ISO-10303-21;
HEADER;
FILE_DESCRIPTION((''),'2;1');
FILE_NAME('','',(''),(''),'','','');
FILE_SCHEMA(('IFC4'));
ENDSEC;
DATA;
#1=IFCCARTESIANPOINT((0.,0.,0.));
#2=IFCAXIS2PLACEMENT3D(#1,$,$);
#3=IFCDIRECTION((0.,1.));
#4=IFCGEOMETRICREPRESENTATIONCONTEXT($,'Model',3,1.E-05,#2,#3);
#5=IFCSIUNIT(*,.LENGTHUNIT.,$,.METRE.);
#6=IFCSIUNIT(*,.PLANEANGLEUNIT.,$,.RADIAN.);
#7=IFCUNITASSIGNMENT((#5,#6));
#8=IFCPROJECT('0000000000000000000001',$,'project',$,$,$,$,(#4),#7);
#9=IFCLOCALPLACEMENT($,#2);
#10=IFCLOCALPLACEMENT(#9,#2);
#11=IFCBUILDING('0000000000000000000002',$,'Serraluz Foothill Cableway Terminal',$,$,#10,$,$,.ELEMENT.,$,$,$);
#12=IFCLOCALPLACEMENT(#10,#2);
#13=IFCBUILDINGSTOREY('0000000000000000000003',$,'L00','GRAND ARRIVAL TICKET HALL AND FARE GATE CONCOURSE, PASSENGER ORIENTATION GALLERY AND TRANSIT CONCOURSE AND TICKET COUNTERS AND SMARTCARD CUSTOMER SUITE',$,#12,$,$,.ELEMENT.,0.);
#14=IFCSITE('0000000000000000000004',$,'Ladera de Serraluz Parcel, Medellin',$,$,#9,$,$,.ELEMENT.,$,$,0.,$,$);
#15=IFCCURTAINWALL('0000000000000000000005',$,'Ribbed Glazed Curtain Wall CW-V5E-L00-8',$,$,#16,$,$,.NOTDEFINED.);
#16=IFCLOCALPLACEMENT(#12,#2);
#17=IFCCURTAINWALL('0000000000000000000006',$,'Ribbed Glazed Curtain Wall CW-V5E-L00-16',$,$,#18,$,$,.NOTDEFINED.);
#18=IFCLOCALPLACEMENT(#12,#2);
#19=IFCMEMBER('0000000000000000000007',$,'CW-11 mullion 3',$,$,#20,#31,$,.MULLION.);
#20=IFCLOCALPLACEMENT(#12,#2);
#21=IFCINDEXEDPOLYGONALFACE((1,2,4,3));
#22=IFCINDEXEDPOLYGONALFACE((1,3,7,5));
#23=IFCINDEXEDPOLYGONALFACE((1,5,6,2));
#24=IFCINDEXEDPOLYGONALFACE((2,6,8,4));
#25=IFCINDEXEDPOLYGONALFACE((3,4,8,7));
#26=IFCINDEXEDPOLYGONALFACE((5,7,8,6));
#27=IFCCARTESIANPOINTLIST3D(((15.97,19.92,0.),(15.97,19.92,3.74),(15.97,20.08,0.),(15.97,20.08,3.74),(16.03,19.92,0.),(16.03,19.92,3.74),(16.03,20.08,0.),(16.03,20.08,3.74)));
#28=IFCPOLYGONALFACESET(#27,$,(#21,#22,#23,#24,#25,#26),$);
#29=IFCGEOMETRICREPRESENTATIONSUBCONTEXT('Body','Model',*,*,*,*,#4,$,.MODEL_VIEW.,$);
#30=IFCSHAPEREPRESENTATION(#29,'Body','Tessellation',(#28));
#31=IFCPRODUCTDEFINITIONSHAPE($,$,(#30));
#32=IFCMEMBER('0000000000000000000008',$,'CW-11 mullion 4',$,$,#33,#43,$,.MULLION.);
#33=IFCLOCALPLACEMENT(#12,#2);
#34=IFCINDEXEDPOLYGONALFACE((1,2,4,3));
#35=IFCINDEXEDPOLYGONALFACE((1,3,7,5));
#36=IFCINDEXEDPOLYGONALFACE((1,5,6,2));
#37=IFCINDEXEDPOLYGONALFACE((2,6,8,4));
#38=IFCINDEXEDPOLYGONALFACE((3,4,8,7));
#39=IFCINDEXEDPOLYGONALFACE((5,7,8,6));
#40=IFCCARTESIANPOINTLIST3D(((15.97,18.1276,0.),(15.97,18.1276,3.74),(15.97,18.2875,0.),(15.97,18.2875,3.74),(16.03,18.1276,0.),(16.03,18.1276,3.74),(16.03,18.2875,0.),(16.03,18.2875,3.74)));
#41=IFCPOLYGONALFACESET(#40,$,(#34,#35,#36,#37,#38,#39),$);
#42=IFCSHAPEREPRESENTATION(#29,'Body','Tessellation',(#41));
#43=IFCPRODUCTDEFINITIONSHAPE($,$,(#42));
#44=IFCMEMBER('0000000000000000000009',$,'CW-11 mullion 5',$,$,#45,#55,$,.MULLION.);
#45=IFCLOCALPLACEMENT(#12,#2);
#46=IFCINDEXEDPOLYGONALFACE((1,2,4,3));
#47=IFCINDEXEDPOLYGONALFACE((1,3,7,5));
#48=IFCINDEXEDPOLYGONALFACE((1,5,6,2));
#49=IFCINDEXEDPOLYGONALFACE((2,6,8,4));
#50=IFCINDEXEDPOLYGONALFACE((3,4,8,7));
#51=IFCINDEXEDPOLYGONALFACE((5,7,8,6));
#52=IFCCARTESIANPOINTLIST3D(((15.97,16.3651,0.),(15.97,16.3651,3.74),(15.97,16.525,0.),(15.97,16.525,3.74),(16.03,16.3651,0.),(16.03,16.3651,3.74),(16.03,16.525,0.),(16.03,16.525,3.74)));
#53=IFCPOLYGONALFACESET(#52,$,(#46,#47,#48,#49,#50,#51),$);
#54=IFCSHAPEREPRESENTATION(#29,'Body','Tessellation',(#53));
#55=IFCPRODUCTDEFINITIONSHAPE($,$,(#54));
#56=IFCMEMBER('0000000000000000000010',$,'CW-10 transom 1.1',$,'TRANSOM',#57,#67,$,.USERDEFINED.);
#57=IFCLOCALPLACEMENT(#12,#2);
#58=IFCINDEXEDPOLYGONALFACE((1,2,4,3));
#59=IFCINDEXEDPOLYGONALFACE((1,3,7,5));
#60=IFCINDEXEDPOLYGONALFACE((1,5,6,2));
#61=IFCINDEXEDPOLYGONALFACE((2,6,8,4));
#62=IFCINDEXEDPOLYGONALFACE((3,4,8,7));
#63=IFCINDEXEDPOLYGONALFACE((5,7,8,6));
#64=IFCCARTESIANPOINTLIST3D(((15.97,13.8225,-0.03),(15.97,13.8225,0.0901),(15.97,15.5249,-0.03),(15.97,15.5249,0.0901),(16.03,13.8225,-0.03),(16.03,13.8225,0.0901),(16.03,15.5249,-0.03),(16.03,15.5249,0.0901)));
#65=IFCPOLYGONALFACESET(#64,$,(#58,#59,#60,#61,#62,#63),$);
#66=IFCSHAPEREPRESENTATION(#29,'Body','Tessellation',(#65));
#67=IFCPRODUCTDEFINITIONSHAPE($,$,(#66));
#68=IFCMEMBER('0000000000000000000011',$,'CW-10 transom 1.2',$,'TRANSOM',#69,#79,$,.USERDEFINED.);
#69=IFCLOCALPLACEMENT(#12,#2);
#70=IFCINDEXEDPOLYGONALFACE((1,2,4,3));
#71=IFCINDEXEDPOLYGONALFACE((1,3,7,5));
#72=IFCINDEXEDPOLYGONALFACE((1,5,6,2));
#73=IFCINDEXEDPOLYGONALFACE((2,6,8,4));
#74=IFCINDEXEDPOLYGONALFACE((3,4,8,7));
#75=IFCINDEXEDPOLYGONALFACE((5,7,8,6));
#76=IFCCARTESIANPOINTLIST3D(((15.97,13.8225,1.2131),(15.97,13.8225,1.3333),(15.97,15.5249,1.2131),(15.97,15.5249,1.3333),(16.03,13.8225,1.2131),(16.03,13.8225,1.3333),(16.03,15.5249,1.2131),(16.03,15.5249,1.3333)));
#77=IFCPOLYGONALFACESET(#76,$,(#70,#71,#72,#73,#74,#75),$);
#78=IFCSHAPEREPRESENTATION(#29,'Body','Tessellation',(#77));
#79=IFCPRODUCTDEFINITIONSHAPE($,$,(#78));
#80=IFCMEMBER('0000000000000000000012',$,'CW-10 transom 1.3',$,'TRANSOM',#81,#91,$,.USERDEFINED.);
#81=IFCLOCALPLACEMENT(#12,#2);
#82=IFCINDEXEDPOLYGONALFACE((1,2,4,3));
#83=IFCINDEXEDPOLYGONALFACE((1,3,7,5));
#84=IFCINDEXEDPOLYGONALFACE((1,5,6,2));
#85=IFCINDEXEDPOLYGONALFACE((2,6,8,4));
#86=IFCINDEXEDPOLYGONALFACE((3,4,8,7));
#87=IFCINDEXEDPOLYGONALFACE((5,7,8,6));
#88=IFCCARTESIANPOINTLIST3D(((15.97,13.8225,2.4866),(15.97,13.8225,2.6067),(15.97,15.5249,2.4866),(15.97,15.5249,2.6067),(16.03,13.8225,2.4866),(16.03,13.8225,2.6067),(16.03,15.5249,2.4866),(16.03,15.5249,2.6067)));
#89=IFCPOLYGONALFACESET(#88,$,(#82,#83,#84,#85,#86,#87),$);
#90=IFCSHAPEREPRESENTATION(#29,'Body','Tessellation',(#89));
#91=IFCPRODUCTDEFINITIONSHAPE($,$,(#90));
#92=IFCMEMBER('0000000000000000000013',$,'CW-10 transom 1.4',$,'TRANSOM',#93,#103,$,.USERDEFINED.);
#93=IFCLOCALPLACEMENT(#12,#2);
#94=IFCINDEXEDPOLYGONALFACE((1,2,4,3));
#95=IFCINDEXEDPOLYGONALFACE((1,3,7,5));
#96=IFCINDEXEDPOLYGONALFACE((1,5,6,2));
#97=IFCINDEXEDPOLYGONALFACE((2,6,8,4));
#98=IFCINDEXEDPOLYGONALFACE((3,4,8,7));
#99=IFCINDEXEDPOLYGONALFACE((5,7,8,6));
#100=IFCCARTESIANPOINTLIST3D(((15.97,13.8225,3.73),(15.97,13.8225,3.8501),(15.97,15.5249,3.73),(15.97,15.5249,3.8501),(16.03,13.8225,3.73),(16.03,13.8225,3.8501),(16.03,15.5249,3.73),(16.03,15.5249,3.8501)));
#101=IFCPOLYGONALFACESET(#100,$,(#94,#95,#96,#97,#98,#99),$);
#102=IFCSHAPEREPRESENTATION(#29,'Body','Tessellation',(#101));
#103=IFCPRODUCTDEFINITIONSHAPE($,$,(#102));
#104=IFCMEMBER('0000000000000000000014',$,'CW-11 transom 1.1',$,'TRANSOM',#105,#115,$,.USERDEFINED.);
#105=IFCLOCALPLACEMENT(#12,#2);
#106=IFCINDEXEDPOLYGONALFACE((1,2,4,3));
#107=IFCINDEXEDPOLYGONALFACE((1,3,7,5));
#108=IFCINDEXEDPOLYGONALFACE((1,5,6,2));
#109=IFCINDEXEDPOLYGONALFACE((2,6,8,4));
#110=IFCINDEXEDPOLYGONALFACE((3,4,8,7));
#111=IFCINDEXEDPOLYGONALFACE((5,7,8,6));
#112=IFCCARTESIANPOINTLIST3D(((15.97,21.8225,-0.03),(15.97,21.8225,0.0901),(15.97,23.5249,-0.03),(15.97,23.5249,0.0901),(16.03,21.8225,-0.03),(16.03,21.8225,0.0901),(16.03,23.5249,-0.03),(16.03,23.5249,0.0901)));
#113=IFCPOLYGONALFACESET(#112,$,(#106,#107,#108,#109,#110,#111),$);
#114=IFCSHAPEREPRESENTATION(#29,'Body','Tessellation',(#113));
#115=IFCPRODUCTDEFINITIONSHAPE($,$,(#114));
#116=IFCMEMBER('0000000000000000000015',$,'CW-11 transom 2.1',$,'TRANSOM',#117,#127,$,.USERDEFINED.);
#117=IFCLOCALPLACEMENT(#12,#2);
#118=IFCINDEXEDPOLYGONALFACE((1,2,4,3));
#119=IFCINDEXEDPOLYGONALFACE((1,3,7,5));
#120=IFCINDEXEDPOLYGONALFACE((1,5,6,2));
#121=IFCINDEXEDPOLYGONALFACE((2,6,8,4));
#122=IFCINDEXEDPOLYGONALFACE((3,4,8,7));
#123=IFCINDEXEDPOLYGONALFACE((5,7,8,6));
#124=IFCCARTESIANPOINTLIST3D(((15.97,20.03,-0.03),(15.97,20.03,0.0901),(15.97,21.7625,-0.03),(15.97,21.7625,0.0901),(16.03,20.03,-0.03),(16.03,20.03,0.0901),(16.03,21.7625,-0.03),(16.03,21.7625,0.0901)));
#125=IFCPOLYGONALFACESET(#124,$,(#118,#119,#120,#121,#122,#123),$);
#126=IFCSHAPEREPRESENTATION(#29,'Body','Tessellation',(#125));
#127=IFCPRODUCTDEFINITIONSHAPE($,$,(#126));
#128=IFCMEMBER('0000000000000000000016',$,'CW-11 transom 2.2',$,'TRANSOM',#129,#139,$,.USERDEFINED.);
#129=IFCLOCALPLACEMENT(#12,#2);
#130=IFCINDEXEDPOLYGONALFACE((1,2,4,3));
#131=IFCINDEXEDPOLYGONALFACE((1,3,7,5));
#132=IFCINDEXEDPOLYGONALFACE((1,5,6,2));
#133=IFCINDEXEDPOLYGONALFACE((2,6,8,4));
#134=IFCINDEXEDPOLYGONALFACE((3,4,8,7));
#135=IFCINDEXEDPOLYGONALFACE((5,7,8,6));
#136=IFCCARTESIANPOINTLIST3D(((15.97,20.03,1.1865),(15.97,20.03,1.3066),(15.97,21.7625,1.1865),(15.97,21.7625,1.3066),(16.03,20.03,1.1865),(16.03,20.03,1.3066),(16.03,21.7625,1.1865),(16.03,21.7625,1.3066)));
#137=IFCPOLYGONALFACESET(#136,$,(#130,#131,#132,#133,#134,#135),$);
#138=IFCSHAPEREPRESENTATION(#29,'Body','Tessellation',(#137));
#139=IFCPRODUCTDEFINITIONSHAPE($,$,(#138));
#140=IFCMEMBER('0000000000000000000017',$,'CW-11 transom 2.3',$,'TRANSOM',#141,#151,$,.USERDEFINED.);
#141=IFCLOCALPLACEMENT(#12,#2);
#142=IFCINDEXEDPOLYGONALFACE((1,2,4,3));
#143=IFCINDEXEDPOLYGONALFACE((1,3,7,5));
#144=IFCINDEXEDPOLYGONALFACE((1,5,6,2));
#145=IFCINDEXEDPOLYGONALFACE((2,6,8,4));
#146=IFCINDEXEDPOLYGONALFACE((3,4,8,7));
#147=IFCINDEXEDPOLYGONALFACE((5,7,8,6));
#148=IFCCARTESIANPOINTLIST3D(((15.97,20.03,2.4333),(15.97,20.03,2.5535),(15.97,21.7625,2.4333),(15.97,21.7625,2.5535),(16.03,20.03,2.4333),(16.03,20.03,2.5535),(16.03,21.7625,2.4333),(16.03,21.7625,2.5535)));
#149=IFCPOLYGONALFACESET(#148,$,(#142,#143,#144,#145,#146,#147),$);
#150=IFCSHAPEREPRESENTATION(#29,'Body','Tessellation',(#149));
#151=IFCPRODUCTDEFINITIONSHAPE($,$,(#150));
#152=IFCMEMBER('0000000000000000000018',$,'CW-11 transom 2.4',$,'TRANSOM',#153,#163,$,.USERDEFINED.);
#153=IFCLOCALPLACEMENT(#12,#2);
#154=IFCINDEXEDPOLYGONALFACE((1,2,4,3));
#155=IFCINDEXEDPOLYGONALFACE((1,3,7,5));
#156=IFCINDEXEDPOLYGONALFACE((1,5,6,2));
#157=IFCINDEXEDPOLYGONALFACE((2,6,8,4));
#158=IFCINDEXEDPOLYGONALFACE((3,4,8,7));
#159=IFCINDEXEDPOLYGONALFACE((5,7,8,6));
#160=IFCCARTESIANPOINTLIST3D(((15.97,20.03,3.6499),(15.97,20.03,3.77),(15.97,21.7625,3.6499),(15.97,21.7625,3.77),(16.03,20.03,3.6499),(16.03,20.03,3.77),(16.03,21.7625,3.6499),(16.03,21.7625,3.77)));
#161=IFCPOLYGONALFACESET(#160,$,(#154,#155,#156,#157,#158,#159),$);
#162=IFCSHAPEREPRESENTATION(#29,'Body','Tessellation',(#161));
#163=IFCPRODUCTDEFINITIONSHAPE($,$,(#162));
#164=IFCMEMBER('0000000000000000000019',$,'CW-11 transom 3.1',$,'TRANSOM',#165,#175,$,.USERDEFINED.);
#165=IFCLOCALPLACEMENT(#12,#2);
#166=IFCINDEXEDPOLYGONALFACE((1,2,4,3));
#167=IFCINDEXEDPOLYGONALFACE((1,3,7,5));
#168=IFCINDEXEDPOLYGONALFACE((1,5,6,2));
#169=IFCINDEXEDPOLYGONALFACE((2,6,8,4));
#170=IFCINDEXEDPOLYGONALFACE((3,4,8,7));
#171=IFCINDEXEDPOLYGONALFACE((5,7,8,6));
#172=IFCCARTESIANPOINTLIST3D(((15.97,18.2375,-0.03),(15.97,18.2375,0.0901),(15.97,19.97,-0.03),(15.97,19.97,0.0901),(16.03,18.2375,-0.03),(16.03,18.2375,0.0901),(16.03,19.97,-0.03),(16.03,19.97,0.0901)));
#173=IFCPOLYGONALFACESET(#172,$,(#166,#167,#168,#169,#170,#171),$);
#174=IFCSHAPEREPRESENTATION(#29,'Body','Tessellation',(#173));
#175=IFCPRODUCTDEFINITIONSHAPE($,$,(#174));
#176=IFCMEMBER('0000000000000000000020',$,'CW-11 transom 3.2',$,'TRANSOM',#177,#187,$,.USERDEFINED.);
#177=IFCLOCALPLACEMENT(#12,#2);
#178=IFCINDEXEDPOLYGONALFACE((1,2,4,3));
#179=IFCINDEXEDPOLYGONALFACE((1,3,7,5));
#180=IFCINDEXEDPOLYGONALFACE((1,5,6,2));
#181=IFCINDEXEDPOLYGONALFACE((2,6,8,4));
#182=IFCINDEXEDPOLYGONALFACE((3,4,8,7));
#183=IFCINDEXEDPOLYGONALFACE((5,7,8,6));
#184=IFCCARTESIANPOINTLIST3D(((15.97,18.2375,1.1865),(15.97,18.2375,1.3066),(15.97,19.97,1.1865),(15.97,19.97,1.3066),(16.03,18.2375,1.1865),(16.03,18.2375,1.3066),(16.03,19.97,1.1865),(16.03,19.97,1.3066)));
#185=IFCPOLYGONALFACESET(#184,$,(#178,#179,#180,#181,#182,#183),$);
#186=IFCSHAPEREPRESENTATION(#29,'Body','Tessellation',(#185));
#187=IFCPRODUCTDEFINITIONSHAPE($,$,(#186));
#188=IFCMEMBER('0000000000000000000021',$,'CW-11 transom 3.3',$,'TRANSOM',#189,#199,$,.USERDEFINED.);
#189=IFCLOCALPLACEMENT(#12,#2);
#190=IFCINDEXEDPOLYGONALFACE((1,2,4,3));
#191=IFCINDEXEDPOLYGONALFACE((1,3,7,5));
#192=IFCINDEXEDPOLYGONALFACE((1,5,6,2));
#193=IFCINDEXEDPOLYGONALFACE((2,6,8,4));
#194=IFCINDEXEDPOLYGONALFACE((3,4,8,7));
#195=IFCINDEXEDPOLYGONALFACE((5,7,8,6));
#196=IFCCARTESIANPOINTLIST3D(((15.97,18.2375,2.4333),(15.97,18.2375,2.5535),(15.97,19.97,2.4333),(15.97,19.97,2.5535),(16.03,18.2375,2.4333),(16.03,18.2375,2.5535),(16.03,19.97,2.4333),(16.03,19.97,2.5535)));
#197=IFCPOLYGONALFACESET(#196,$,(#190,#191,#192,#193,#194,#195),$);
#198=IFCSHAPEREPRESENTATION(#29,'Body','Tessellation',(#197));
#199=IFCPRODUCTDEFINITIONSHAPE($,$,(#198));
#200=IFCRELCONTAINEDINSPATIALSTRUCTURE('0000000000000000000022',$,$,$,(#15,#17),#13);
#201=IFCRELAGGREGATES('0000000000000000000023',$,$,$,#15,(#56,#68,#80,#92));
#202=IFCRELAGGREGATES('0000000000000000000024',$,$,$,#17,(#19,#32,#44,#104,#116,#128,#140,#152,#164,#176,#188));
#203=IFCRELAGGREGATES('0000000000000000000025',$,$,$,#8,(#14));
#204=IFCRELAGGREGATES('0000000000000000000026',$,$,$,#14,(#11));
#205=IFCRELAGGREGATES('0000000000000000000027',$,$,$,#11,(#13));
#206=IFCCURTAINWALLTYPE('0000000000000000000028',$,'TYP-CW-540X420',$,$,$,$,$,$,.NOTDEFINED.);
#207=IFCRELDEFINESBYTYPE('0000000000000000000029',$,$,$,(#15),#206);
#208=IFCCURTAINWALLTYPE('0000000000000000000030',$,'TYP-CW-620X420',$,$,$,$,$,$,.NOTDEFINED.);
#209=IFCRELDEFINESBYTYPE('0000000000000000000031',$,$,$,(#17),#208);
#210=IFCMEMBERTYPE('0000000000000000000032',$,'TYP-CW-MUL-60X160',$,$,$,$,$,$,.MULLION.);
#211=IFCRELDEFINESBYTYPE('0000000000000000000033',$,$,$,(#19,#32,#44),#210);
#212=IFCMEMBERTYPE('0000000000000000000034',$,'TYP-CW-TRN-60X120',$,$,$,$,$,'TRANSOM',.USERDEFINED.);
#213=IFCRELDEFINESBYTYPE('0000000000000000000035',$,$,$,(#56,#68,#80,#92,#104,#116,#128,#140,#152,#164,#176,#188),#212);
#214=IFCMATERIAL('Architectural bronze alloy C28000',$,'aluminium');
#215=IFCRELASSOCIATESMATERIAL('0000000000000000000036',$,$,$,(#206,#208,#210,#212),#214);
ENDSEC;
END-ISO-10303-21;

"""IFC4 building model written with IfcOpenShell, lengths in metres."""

from ifc_helpers import new_model, si_unit, direction, frame, origin, origin_2d, place, context, subcontext, project, spatial, rectangle, extrude, material, material_profile, profile_set, type_object, element, aggregate, save


model = new_model("IFC4")

# Units and contexts
model_context = context("Model", 3, precision=1e-05, world=origin(), true_north=direction((0.0, 1.0)))
body_context = subcontext(model_context, "Body", "Model", "MODEL_VIEW")
ifc_project = project(units=[si_unit("LENGTHUNIT", "METRE"), si_unit("PLANEANGLEUNIT", "RADIAN")], contexts=[model_context])

# Site, building, storey
site_placement = place(None, origin())
site = spatial("IfcSite", under=ifc_project, at=site_placement, Name="Ladera de Serraluz Parcel, Medellin", CompositionType="ELEMENT", RefElevation=0.0)
building_placement = place(site_placement, origin())
building = spatial("IfcBuilding", under=site, at=building_placement, Name="Serraluz Foothill Cableway Terminal", CompositionType="ELEMENT")
storey_placement = place(building_placement, origin())
storey = spatial("IfcBuildingStorey", under=building, at=storey_placement, Name="L00", Description="GRAND ARRIVAL TICKET HALL AND FARE GATE CONCOURSE, PASSENGER ORIENTATION GALLERY AND TRANSIT CONCOURSE AND TICKET COUNTERS AND SMARTCARD CUSTOMER SUITE", CompositionType="ELEMENT", Elevation=0.0)

# Curtain wall
ifc_material_1 = material(Name="Architectural bronze alloy C28000", Category="aluminium")
curtain_wall_type_1 = type_object("IfcCurtainWallType", Name="TYP-CW-540X420", PredefinedType="NOTDEFINED", material=ifc_material_1)
curtain_wall_1_placement = place(storey_placement, origin())
curtain_wall_1 = element("IfcCurtainWall", 1, at=curtain_wall_1_placement, inside=storey, type_object=curtain_wall_type_1, Name="Ribbed Glazed Curtain Wall CW-V5E-L00-8", PredefinedType="NOTDEFINED")
ifc_material_profile_1 = material_profile(ifc_material_1, rectangle(XDim=0.0601, YDim=0.1599, at=origin_2d()), Name="ALU MULLION 60x160")
ifc_profile_set_1 = profile_set([ifc_material_profile_1], Name="Architectural bronze alloy C28000")
member_type_1 = type_object("IfcMemberType", Name="TYP-CW-MUL-60X160", PredefinedType="MULLION", material=ifc_profile_set_1)

# Curtain wall, members
curtain_wall_type_2 = type_object("IfcCurtainWallType", Name="TYP-CW-620X420", PredefinedType="NOTDEFINED", material=ifc_material_1)
curtain_wall_2_placement = place(storey_placement, origin())
curtain_wall_2 = element("IfcCurtainWall", 2, at=curtain_wall_2_placement, inside=storey, type_object=curtain_wall_type_2, Name="Ribbed Glazed Curtain Wall CW-V5E-L00-16", PredefinedType="NOTDEFINED")
member_1_placement = place(storey_placement, frame((16.0, 20.0, 0.0), z_axis=(0.0, 0.0, 1.0), x_axis=(1.0, 0.0, 0.0)))
member_1 = element("IfcMember", 3, at=member_1_placement, type_object=member_type_1, Name="CW-11 mullion 3", PredefinedType="MULLION", context=body_context, shape_type="SweptSolid", body=[
    extrude(rectangle(XDim=0.0601, YDim=0.1599, at=origin_2d()), origin(), (0.0, 0.0, 1.0), 3.74),
])
member_2_placement = place(storey_placement, frame((16.0, 18.2075, 0.0), z_axis=(0.0, 0.0, 1.0), x_axis=(1.0, 0.0, 0.0)))
member_2 = element("IfcMember", 4, at=member_2_placement, type_object=member_type_1, Name="CW-11 mullion 4", PredefinedType="MULLION", context=body_context, shape_type="SweptSolid", body=[
    extrude(rectangle(XDim=0.0601, YDim=0.1599, at=origin_2d()), origin(), (0.0, 0.0, 1.0), 3.74),
])
member_3_placement = place(storey_placement, frame((16.0, 16.4451, 0.0), z_axis=(0.0, 0.0, 1.0), x_axis=(1.0, 0.0, 0.0)))
member_3 = element("IfcMember", 5, at=member_3_placement, type_object=member_type_1, Name="CW-11 mullion 5", PredefinedType="MULLION", context=body_context, shape_type="SweptSolid", body=[
    extrude(rectangle(XDim=0.0601, YDim=0.1599, at=origin_2d()), origin(), (0.0, 0.0, 1.0), 3.74),
])

# Members
ifc_material_profile_2 = material_profile(ifc_material_1, rectangle(XDim=0.0601, YDim=0.1201, at=origin_2d()), Name="ALU TRANSOM 60x120")
ifc_profile_set_2 = profile_set([ifc_material_profile_2], Name="Architectural bronze alloy C28000")
member_type_2 = type_object("IfcMemberType", Name="TYP-CW-TRN-60X120", ElementType="TRANSOM", PredefinedType="USERDEFINED", material=ifc_profile_set_2)
member_4_placement = place(storey_placement, frame((16.0, 15.5249, 0.03), z_axis=(0.0, -1.0, 0.0), x_axis=(1.0, 0.0, 0.0)))
member_4 = element("IfcMember", 6, at=member_4_placement, type_object=member_type_2, Name="CW-10 transom 1.1", ObjectType="TRANSOM", PredefinedType="USERDEFINED", context=body_context, shape_type="SweptSolid", body=[
    extrude(rectangle(XDim=0.0601, YDim=0.1201, at=origin_2d()), origin(), (0.0, 0.0, 1.0), 1.7024),
])
member_5_placement = place(storey_placement, frame((16.0, 15.5249, 1.2732), z_axis=(0.0, -1.0, 0.0), x_axis=(1.0, 0.0, 0.0)))
member_5 = element("IfcMember", 7, at=member_5_placement, type_object=member_type_2, Name="CW-10 transom 1.2", ObjectType="TRANSOM", PredefinedType="USERDEFINED", context=body_context, shape_type="SweptSolid", body=[
    extrude(rectangle(XDim=0.0601, YDim=0.1201, at=origin_2d()), origin(), (0.0, 0.0, 1.0), 1.7024),
])
member_6_placement = place(storey_placement, frame((16.0, 15.5249, 2.5466), z_axis=(0.0, -1.0, 0.0), x_axis=(1.0, 0.0, 0.0)))
member_6 = element("IfcMember", 8, at=member_6_placement, type_object=member_type_2, Name="CW-10 transom 1.3", ObjectType="TRANSOM", PredefinedType="USERDEFINED", context=body_context, shape_type="SweptSolid", body=[
    extrude(rectangle(XDim=0.0601, YDim=0.1201, at=origin_2d()), origin(), (0.0, 0.0, 1.0), 1.7024),
])
member_7_placement = place(storey_placement, frame((16.0, 15.5249, 3.79), z_axis=(0.0, -1.0, 0.0), x_axis=(1.0, 0.0, 0.0)))
member_7 = element("IfcMember", 9, at=member_7_placement, type_object=member_type_2, Name="CW-10 transom 1.4", ObjectType="TRANSOM", PredefinedType="USERDEFINED", context=body_context, shape_type="SweptSolid", body=[
    extrude(rectangle(XDim=0.0601, YDim=0.1201, at=origin_2d()), origin(), (0.0, 0.0, 1.0), 1.7024),
])
aggregate(curtain_wall_1, [member_4, member_5, member_6, member_7])
member_8_placement = place(storey_placement, frame((16.0, 23.5249, 0.03), z_axis=(0.0, -1.0, 0.0), x_axis=(1.0, 0.0, 0.0)))
member_8 = element("IfcMember", 10, at=member_8_placement, type_object=member_type_2, Name="CW-11 transom 1.1", ObjectType="TRANSOM", PredefinedType="USERDEFINED", context=body_context, shape_type="SweptSolid", body=[
    extrude(rectangle(XDim=0.0601, YDim=0.1201, at=origin_2d()), origin(), (0.0, 0.0, 1.0), 1.7024),
])
member_9_placement = place(storey_placement, frame((16.0, 21.7625, 0.03), z_axis=(0.0, -1.0, 0.0), x_axis=(1.0, 0.0, 0.0)))
member_9 = element("IfcMember", 11, at=member_9_placement, type_object=member_type_2, Name="CW-11 transom 2.1", ObjectType="TRANSOM", PredefinedType="USERDEFINED", context=body_context, shape_type="SweptSolid", body=[
    extrude(rectangle(XDim=0.0601, YDim=0.1201, at=origin_2d()), origin(), (0.0, 0.0, 1.0), 1.7324),
])
member_10_placement = place(storey_placement, frame((16.0, 21.7625, 1.2466), z_axis=(0.0, -1.0, 0.0), x_axis=(1.0, 0.0, 0.0)))
member_10 = element("IfcMember", 12, at=member_10_placement, type_object=member_type_2, Name="CW-11 transom 2.2", ObjectType="TRANSOM", PredefinedType="USERDEFINED", context=body_context, shape_type="SweptSolid", body=[
    extrude(rectangle(XDim=0.0601, YDim=0.1201, at=origin_2d()), origin(), (0.0, 0.0, 1.0), 1.7324),
])
member_11_placement = place(storey_placement, frame((16.0, 21.7625, 2.4934), z_axis=(0.0, -1.0, 0.0), x_axis=(1.0, 0.0, 0.0)))
member_11 = element("IfcMember", 13, at=member_11_placement, type_object=member_type_2, Name="CW-11 transom 2.3", ObjectType="TRANSOM", PredefinedType="USERDEFINED", context=body_context, shape_type="SweptSolid", body=[
    extrude(rectangle(XDim=0.0601, YDim=0.1201, at=origin_2d()), origin(), (0.0, 0.0, 1.0), 1.7324),
])
member_12_placement = place(storey_placement, frame((16.0, 21.7625, 3.71), z_axis=(0.0, -1.0, 0.0), x_axis=(1.0, 0.0, 0.0)))
member_12 = element("IfcMember", 14, at=member_12_placement, type_object=member_type_2, Name="CW-11 transom 2.4", ObjectType="TRANSOM", PredefinedType="USERDEFINED", context=body_context, shape_type="SweptSolid", body=[
    extrude(rectangle(XDim=0.0601, YDim=0.1201, at=origin_2d()), origin(), (0.0, 0.0, 1.0), 1.7324),
])
member_13_placement = place(storey_placement, frame((16.0, 19.97, 0.03), z_axis=(0.0, -1.0, 0.0), x_axis=(1.0, 0.0, 0.0)))
member_13 = element("IfcMember", 15, at=member_13_placement, type_object=member_type_2, Name="CW-11 transom 3.1", ObjectType="TRANSOM", PredefinedType="USERDEFINED", context=body_context, shape_type="SweptSolid", body=[
    extrude(rectangle(XDim=0.0601, YDim=0.1201, at=origin_2d()), origin(), (0.0, 0.0, 1.0), 1.7324),
])
member_14_placement = place(storey_placement, frame((16.0, 19.97, 1.2466), z_axis=(0.0, -1.0, 0.0), x_axis=(1.0, 0.0, 0.0)))
member_14 = element("IfcMember", 16, at=member_14_placement, type_object=member_type_2, Name="CW-11 transom 3.2", ObjectType="TRANSOM", PredefinedType="USERDEFINED", context=body_context, shape_type="SweptSolid", body=[
    extrude(rectangle(XDim=0.0601, YDim=0.1201, at=origin_2d()), origin(), (0.0, 0.0, 1.0), 1.7324),
])
member_15_placement = place(storey_placement, frame((16.0, 19.97, 2.4934), z_axis=(0.0, -1.0, 0.0), x_axis=(1.0, 0.0, 0.0)))
member_15 = element("IfcMember", 17, at=member_15_placement, type_object=member_type_2, Name="CW-11 transom 3.3", ObjectType="TRANSOM", PredefinedType="USERDEFINED", context=body_context, shape_type="SweptSolid", body=[
    extrude(rectangle(XDim=0.0601, YDim=0.1201, at=origin_2d()), origin(), (0.0, 0.0, 1.0), 1.7324),
])

aggregate(curtain_wall_2, [member_1, member_2, member_3, member_8, member_9, member_10, member_11, member_12, member_13, member_14, member_15])

save(model, "model.ifc")
